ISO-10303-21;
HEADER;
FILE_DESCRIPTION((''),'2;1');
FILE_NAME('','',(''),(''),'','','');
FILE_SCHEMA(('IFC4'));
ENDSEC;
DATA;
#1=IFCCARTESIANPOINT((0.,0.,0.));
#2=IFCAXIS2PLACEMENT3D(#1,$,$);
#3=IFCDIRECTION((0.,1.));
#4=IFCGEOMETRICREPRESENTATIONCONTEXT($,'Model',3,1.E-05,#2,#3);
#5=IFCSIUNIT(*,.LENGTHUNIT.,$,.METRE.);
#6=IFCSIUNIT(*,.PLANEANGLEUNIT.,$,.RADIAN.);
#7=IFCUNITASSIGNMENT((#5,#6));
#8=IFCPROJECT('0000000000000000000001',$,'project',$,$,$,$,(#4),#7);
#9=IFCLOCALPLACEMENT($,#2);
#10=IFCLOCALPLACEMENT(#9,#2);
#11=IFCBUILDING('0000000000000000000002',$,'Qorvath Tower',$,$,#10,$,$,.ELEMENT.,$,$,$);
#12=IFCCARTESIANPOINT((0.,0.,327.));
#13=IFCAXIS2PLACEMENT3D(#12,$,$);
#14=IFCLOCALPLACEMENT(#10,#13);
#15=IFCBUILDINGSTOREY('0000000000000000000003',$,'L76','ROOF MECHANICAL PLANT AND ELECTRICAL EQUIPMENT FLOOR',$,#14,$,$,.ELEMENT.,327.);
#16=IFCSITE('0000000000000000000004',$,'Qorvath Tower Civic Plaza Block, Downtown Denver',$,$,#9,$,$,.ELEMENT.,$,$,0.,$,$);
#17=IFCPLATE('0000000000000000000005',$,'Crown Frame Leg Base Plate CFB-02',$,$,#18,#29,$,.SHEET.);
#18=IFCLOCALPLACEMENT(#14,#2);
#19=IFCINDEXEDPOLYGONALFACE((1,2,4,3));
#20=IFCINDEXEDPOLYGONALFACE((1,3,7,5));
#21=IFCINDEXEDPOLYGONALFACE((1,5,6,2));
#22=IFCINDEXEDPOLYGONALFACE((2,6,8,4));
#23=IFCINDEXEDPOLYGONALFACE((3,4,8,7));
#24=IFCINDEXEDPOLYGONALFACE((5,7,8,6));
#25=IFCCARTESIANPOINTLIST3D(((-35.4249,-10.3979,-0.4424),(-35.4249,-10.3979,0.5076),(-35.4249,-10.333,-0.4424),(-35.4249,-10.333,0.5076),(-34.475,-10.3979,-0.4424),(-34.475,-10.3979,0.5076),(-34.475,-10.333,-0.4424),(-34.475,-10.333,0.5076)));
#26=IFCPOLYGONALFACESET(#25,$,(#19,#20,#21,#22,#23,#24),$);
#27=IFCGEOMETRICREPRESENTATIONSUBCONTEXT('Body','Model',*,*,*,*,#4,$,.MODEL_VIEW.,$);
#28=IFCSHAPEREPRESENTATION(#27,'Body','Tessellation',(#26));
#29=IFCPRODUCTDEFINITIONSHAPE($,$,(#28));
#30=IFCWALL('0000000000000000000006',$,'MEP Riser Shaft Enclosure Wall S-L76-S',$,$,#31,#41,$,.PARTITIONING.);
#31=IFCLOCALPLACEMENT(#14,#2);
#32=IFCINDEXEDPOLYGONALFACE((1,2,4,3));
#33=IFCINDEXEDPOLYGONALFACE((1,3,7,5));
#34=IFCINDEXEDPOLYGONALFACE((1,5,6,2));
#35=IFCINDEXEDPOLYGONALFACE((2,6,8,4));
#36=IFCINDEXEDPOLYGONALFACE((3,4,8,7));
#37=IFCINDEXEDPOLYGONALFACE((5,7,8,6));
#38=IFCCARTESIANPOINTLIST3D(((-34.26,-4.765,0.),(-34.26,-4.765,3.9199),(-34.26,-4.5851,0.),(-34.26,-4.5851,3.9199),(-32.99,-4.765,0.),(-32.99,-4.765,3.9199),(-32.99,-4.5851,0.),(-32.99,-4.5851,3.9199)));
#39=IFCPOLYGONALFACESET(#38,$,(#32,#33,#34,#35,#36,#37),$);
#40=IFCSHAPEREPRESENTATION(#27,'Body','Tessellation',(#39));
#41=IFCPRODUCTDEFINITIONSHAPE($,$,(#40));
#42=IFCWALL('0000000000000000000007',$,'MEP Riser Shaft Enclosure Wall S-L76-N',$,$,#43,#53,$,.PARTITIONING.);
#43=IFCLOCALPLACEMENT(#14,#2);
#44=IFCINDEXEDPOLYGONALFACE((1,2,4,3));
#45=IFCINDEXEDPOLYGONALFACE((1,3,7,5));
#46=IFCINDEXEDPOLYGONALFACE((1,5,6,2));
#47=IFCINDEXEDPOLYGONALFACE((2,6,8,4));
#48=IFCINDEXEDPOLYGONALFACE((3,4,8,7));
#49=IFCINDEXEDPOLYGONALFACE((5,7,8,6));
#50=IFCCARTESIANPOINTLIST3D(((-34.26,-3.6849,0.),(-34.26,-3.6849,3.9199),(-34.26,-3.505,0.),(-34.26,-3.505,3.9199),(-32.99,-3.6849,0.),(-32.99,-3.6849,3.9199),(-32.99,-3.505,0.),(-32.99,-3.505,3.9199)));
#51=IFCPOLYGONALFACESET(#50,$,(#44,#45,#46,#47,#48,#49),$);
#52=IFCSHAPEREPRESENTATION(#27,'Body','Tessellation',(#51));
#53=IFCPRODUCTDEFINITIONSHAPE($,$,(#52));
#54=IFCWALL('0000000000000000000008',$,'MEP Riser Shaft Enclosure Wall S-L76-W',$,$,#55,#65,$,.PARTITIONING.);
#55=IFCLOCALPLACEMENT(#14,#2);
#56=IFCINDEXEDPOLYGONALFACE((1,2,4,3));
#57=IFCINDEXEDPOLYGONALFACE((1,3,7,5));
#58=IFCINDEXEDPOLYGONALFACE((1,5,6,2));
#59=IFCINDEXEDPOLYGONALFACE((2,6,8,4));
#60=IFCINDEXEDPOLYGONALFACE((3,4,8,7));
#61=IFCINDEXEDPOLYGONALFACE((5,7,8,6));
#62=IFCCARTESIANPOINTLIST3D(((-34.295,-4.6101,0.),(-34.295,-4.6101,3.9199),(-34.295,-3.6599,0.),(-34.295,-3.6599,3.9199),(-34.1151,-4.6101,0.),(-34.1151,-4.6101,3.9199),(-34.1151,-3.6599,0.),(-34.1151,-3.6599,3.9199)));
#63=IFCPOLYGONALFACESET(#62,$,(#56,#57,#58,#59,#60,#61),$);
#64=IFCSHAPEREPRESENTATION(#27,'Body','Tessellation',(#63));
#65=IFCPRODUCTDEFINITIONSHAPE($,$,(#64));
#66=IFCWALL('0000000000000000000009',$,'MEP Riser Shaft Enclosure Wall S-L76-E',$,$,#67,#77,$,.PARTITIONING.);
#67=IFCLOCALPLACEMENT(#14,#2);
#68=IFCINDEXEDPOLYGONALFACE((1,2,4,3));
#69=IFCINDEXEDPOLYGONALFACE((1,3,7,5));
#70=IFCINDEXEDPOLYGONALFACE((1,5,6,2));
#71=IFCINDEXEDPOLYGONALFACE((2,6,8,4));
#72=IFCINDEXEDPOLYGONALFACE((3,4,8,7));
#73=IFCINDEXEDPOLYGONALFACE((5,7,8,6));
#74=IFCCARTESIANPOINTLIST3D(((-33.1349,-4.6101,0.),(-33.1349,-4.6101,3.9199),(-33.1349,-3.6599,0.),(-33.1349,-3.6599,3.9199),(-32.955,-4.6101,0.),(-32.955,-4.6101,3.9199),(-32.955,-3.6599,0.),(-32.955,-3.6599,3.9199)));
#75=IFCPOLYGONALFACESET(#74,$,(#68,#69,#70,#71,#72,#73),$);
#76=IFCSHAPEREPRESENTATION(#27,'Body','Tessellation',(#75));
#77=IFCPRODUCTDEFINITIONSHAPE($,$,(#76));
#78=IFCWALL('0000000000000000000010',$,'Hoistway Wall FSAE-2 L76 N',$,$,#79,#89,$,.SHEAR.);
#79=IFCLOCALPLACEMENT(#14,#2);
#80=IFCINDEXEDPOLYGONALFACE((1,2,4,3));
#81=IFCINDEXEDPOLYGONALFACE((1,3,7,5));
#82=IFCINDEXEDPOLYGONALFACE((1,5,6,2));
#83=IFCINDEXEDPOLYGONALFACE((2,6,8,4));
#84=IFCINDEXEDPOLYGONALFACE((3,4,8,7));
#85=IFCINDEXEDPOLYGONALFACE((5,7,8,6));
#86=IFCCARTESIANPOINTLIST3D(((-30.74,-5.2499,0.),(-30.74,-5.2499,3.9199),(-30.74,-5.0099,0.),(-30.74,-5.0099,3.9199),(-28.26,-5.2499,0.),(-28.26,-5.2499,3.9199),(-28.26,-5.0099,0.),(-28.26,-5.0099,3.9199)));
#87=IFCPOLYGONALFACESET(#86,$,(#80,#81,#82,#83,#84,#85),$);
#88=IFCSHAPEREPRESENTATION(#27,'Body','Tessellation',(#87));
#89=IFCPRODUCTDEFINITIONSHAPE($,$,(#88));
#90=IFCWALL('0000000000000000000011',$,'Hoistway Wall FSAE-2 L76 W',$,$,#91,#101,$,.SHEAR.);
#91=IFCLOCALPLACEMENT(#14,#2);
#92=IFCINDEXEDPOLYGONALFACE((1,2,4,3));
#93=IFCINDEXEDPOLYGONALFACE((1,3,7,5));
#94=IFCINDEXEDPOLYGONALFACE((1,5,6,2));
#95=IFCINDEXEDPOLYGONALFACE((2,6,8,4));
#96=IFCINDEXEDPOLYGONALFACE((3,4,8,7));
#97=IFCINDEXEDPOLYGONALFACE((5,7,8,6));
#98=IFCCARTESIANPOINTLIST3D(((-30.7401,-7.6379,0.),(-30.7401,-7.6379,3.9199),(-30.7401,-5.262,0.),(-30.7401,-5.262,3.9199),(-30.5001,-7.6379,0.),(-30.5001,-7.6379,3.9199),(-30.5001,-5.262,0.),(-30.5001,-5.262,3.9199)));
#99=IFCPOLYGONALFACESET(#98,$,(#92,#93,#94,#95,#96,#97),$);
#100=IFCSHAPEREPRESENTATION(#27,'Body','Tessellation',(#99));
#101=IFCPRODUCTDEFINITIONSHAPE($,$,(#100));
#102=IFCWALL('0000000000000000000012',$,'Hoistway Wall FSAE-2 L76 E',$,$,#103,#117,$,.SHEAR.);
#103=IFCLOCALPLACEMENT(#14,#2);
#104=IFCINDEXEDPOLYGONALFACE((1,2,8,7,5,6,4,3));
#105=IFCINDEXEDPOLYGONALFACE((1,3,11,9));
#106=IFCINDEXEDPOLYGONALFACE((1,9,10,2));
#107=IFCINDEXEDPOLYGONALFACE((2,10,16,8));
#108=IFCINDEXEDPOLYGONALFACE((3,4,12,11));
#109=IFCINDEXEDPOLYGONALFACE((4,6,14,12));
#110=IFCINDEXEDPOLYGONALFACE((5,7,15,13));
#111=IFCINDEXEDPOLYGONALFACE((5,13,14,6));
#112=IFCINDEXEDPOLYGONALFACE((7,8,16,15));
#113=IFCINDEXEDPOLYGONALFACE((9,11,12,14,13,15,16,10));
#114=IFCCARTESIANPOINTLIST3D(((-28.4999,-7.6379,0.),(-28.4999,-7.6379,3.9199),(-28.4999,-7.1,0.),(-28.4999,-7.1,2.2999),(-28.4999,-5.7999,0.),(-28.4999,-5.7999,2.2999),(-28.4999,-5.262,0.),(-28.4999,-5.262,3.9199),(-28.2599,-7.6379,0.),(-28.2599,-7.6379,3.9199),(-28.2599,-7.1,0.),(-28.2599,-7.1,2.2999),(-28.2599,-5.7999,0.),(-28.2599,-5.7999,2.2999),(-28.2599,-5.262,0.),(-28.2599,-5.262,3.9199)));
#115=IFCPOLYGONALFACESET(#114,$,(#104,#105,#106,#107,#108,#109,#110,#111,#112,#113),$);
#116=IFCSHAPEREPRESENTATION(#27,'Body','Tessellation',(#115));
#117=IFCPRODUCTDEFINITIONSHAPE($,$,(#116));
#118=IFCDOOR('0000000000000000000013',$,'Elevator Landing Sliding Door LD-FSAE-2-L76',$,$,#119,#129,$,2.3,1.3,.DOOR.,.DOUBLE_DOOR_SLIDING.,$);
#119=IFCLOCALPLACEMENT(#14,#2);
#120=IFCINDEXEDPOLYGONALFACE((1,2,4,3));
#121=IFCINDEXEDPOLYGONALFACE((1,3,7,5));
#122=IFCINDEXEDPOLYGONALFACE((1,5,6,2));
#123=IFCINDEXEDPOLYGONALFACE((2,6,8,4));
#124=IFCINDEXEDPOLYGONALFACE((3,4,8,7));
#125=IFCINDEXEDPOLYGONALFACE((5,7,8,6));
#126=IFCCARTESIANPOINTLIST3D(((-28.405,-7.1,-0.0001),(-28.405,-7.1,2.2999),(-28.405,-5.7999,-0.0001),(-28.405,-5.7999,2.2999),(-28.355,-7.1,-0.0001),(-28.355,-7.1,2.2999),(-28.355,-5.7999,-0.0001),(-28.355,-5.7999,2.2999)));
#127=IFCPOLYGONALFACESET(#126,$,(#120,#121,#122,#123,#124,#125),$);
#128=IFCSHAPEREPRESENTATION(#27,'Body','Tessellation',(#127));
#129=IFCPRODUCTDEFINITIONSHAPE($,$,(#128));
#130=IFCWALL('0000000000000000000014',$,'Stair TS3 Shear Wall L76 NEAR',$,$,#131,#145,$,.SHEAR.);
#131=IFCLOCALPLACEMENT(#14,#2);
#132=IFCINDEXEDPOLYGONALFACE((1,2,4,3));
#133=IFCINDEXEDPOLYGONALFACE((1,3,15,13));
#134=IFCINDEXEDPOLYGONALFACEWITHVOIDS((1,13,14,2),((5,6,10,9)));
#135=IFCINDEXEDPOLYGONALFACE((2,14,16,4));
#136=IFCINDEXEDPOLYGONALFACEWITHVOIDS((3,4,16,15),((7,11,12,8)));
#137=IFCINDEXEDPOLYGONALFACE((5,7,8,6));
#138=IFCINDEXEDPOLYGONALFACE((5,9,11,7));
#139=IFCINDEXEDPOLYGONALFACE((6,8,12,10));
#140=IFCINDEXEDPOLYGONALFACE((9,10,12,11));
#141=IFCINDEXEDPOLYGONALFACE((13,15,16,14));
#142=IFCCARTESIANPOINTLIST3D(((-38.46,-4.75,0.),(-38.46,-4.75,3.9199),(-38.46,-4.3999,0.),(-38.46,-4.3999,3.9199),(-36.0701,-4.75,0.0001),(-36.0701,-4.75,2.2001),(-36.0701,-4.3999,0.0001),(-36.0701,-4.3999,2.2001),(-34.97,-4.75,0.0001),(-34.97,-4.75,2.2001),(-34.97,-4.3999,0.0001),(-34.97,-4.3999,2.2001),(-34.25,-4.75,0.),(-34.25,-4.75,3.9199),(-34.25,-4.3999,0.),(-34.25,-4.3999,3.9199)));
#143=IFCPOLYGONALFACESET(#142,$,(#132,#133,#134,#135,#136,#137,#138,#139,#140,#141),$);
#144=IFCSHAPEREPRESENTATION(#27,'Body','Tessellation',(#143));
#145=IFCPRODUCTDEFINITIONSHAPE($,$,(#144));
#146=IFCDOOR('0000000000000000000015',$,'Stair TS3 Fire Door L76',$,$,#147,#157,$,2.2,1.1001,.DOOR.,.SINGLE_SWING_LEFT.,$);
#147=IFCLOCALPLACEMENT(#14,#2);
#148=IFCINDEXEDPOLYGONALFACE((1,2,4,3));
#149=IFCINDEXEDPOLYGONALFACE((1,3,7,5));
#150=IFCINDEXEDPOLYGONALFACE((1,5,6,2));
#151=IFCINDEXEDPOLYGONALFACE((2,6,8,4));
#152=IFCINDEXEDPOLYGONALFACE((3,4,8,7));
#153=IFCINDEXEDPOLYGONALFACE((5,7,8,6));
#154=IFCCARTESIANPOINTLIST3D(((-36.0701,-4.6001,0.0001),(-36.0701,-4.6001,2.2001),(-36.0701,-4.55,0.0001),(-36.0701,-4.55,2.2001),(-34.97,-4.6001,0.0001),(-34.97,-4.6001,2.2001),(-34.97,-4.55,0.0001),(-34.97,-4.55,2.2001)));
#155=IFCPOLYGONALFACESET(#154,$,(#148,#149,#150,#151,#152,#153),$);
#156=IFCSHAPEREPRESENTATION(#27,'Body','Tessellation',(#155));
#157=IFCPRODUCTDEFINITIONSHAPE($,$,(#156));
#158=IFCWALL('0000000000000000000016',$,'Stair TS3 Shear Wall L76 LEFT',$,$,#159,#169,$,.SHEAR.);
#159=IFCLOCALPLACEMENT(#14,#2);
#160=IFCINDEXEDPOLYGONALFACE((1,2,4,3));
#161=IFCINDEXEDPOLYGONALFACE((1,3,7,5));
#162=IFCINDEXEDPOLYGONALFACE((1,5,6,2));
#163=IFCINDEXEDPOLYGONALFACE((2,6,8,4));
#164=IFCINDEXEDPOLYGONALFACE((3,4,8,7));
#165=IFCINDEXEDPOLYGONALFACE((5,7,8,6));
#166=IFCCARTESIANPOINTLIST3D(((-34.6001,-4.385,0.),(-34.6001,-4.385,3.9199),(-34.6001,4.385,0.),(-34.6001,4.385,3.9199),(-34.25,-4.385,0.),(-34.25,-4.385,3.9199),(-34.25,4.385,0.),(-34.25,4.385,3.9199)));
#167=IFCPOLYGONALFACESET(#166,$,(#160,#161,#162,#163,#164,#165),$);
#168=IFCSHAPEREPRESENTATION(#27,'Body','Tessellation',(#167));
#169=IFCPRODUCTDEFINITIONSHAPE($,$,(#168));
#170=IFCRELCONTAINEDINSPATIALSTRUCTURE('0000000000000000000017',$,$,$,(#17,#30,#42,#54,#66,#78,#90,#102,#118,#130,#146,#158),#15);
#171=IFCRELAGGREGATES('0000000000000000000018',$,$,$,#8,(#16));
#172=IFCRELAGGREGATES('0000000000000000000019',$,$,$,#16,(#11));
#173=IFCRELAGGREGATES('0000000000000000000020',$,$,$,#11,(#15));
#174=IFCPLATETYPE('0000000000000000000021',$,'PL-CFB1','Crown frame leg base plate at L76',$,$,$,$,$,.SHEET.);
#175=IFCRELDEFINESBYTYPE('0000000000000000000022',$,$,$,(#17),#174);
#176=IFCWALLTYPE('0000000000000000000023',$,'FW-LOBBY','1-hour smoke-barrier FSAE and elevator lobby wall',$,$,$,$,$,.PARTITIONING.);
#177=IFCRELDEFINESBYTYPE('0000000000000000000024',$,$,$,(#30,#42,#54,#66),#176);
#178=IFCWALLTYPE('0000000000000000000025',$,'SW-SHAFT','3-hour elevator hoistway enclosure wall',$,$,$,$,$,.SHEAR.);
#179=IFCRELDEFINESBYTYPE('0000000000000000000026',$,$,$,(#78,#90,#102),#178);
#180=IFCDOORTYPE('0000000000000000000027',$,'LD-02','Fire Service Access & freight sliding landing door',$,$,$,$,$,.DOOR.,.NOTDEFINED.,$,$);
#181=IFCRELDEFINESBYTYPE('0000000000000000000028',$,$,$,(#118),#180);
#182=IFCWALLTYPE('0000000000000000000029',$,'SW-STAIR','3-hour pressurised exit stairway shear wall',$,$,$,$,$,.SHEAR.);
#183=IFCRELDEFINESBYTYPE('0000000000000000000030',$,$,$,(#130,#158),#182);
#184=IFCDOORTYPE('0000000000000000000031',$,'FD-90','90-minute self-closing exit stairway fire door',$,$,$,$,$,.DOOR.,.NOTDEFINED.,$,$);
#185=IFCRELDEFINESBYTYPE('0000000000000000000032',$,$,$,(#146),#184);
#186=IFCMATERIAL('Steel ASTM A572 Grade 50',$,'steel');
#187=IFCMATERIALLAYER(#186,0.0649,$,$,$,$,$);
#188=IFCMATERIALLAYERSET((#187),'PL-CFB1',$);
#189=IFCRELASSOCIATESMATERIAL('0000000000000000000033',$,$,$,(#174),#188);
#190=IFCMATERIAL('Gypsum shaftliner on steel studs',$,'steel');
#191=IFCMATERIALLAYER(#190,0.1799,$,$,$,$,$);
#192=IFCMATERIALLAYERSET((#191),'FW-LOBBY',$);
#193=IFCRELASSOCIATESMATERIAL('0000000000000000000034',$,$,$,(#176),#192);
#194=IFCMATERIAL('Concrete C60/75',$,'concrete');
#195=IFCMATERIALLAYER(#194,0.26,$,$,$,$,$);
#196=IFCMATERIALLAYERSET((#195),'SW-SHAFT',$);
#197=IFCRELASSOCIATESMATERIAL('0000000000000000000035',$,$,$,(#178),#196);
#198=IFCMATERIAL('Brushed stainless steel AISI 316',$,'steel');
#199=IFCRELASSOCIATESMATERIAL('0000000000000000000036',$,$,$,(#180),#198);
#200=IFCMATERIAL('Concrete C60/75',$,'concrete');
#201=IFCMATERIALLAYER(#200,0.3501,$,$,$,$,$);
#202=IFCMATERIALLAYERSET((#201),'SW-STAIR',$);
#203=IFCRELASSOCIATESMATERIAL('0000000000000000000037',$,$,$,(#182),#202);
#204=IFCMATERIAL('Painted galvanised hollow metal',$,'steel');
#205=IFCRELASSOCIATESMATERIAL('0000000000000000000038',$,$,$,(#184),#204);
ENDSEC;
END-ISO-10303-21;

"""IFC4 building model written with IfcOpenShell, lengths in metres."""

from ifc_helpers import new_model, si_unit, direction, frame, frame_2d, origin, origin_2d, place, context, subcontext, project, spatial, rectangle, extrude, material, layer, layer_set, type_object, element, fill, save


model = new_model("IFC4")

# Units and contexts
model_context = context("Model", 3, precision=1e-05, world=origin(), true_north=direction((0.0, 1.0)))
body_context = subcontext(model_context, "Body", "Model", "MODEL_VIEW")
ifc_project = project(units=[si_unit("LENGTHUNIT", "METRE"), si_unit("PLANEANGLEUNIT", "RADIAN")], contexts=[model_context])

# Site, building, storey
site_placement = place(None, origin())
site = spatial("IfcSite", under=ifc_project, at=site_placement, Name="Qorvath Tower Civic Plaza Block, Downtown Denver", CompositionType="ELEMENT", RefElevation=0.0)
building_placement = place(site_placement, origin())
building = spatial("IfcBuilding", under=site, at=building_placement, Name="Qorvath Tower", CompositionType="ELEMENT")
storey_placement = place(building_placement, frame((0.0, 0.0, 327.0)))
storey = spatial("IfcBuildingStorey", under=building, at=storey_placement, Name="L76", Description="ROOF MECHANICAL PLANT AND ELECTRICAL EQUIPMENT FLOOR", CompositionType="ELEMENT", Elevation=327.0)

# Plate
ifc_material_1 = material(Name="Steel ASTM A572 Grade 50", Category="steel")
ifc_layer_1 = layer(ifc_material_1, 0.0649)
ifc_layer_set_1 = layer_set([ifc_layer_1], Name="PL-CFB1")
plate_type = type_object("IfcPlateType", Name="PL-CFB1", Description="Crown frame leg base plate at L76", PredefinedType="SHEET", material=ifc_layer_set_1)
plate_placement = place(storey_placement, frame((-34.95, -10.3655, -0.4424), z_axis=(0.0, 0.0, 1.0), x_axis=(1.0, 0.0, 0.0)))
element("IfcPlate", 1, at=plate_placement, inside=storey, type_object=plate_type, Name="Crown Frame Leg Base Plate CFB-02", PredefinedType="SHEET", context=body_context, shape_type="SweptSolid", body=[
    extrude(rectangle(XDim=0.95, YDim=0.0649, at=origin_2d()), origin(), (0.0, 0.0, 1.0), 0.95),
])

# Walls
ifc_material_2 = material(Name="Gypsum shaftliner on steel studs", Category="steel")
ifc_layer_2 = layer(ifc_material_2, 0.1799)
ifc_layer_set_2 = layer_set([ifc_layer_2], Name="FW-LOBBY")
wall_type_1 = type_object("IfcWallType", Name="FW-LOBBY", Description="1-hour smoke-barrier FSAE and elevator lobby wall", PredefinedType="PARTITIONING", material=ifc_layer_set_2)
for number, where, z_axis, x_axis, name in (
    (2, (-32.99, -4.675, 0.0), (0.0, 0.0, 1.0), (-1.0, 0.0, 0.0), "MEP Riser Shaft Enclosure Wall S-L76-S"),
    (3, (-34.26, -3.595, 0.0), (0.0, 0.0, 1.0), (1.0, 0.0, 0.0), "MEP Riser Shaft Enclosure Wall S-L76-N"),
):
    element("IfcWall", number, at=place(storey_placement, frame(where, z_axis=z_axis, x_axis=x_axis)), inside=storey, type_object=wall_type_1, Name=name, PredefinedType="PARTITIONING", context=body_context, shape_type="SweptSolid", body=[
        extrude(rectangle(XDim=1.27, YDim=0.1799, at=frame_2d((0.635, 0.0))), origin(), (0.0, 0.0, 1.0), 3.9199),
    ])
for number, where, z_axis, x_axis, name in (
    (4, (-34.2051, -4.6101, 0.0), (0.0, 0.0, 1.0), (0.0, 1.0, 0.0), "MEP Riser Shaft Enclosure Wall S-L76-W"),
    (5, (-33.0449, -3.6599, 0.0), (0.0, 0.0, 1.0), (0.0, -1.0, 0.0), "MEP Riser Shaft Enclosure Wall S-L76-E"),
):
    element("IfcWall", number, at=place(storey_placement, frame(where, z_axis=z_axis, x_axis=x_axis)), inside=storey, type_object=wall_type_1, Name=name, PredefinedType="PARTITIONING", context=body_context, shape_type="SweptSolid", body=[
        extrude(rectangle(XDim=0.9502, YDim=0.1799, at=frame_2d((0.4751, 0.0))), origin(), (0.0, 0.0, 1.0), 3.9199),
    ])

# Walls
ifc_material_3 = material(Name="Concrete C60/75", Category="concrete")
ifc_layer_3 = layer(ifc_material_3, 0.26)
ifc_layer_set_3 = layer_set([ifc_layer_3], Name="SW-SHAFT")
wall_type_2 = type_object("IfcWallType", Name="SW-SHAFT", Description="3-hour elevator hoistway enclosure wall", PredefinedType="SHEAR", material=ifc_layer_set_3)
wall_1_placement = place(storey_placement, frame((-30.74, -5.1299, 0.0), z_axis=(0.0, 0.0, 1.0), x_axis=(1.0, 0.0, 0.0)))
element("IfcWall", 6, at=wall_1_placement, inside=storey, type_object=wall_type_2, Name="Hoistway Wall FSAE-2 L76 N", PredefinedType="SHEAR", context=body_context, shape_type="SweptSolid", body=[
    extrude(rectangle(XDim=2.48, YDim=0.24, at=frame_2d((1.24, 0.0))), origin(), (0.0, 0.0, 1.0), 3.9199),
])
wall_2_placement = place(storey_placement, frame((-30.6201, -7.6379, 0.0), z_axis=(0.0, 0.0, 1.0), x_axis=(0.0, 1.0, 0.0)))
element("IfcWall", 7, at=wall_2_placement, inside=storey, type_object=wall_type_2, Name="Hoistway Wall FSAE-2 L76 W", PredefinedType="SHEAR", context=body_context, shape_type="SweptSolid", body=[
    extrude(rectangle(XDim=2.376, YDim=0.24, at=frame_2d((1.188, 0.0))), origin(), (0.0, 0.0, 1.0), 3.9199),
])

# Walls, openings, doors
wall_3_placement = place(storey_placement, frame((-28.3799, -5.262, 0.0), z_axis=(0.0, 0.0, 1.0), x_axis=(0.0, -1.0, 0.0)))
wall_3 = element("IfcWall", 8, at=wall_3_placement, inside=storey, type_object=wall_type_2, Name="Hoistway Wall FSAE-2 L76 E", PredefinedType="SHEAR", context=body_context, shape_type="SweptSolid", body=[
    extrude(rectangle(XDim=2.376, YDim=0.24, at=frame_2d((1.188, 0.0))), origin(), (0.0, 0.0, 1.0), 3.9199),
])
opening_1_placement = place(wall_3_placement, frame((0.5381, 0.0, 0.0)))
opening_1 = element("IfcOpeningElement", 9, at=opening_1_placement, cuts=wall_3, PredefinedType="OPENING", context=body_context, shape_type="SweptSolid", body=[
    extrude(rectangle(XDim=1.3, YDim=2.3, at=frame_2d((0.6499, 1.1499))), frame((0.0, 0.1299, 0.0), z_axis=(0.0, -1.0, 0.0), x_axis=(1.0, 0.0, 0.0)), (0.0, 0.0, 1.0), 0.26),
])
ifc_material_4 = material(Name="Brushed stainless steel AISI 316", Category="steel")
door_type_1 = type_object("IfcDoorType", Name="LD-02", Description="Fire Service Access & freight sliding landing door", OperationType="NOTDEFINED", PredefinedType="DOOR", material=ifc_material_4)
door_1_placement = place(opening_1_placement, origin())
door_1 = element("IfcDoor", 10, at=door_1_placement, inside=storey, type_object=door_type_1, Name="Elevator Landing Sliding Door LD-FSAE-2-L76", OperationType="DOUBLE_DOOR_SLIDING", OverallHeight=2.3, OverallWidth=1.3, PredefinedType="DOOR", context=body_context, shape_type="SweptSolid", body=[
    extrude(rectangle(XDim=1.3, YDim=2.3, at=frame_2d((0.6499, 1.1499))), frame((0.0, 0.0249, 0.0), z_axis=(0.0, -1.0, 0.0), x_axis=(1.0, 0.0, 0.0)), (0.0, 0.0, 1.0), 0.05),
])
fill(opening_1, door_1)
ifc_material_5 = material(Name="Concrete C60/75", Category="concrete")
ifc_layer_4 = layer(ifc_material_5, 0.3501)
ifc_layer_set_4 = layer_set([ifc_layer_4], Name="SW-STAIR")
wall_type_3 = type_object("IfcWallType", Name="SW-STAIR", Description="3-hour pressurised exit stairway shear wall", PredefinedType="SHEAR", material=ifc_layer_set_4)
wall_4_placement = place(storey_placement, frame((-38.46, -4.575, 0.0), z_axis=(0.0, 0.0, 1.0), x_axis=(1.0, 0.0, 0.0)))
wall_4 = element("IfcWall", 11, at=wall_4_placement, inside=storey, type_object=wall_type_3, Name="Stair TS3 Shear Wall L76 NEAR", PredefinedType="SHEAR", context=body_context, shape_type="SweptSolid", body=[
    extrude(rectangle(XDim=4.21, YDim=0.3501, at=frame_2d((2.105, 0.0))), origin(), (0.0, 0.0, 1.0), 3.9199),
])
opening_2_placement = place(wall_4_placement, frame((2.3899, 0.0, 0.0)))
opening_2 = element("IfcOpeningElement", 12, at=opening_2_placement, cuts=wall_4, PredefinedType="OPENING", context=body_context, shape_type="SweptSolid", body=[
    extrude(rectangle(XDim=1.1001, YDim=2.2, at=frame_2d((0.55, 1.1001))), frame((0.0, 0.1851, 0.0), z_axis=(0.0, -1.0, 0.0), x_axis=(1.0, 0.0, 0.0)), (0.0, 0.0, 1.0), 0.3701),
])
ifc_material_6 = material(Name="Painted galvanised hollow metal", Category="steel")
door_type_2 = type_object("IfcDoorType", Name="FD-90", Description="90-minute self-closing exit stairway fire door", OperationType="NOTDEFINED", PredefinedType="DOOR", material=ifc_material_6)
door_2_placement = place(opening_2_placement, origin())
door_2 = element("IfcDoor", 13, at=door_2_placement, inside=storey, type_object=door_type_2, Name="Stair TS3 Fire Door L76", OperationType="SINGLE_SWING_LEFT", OverallHeight=2.2, OverallWidth=1.1001, PredefinedType="DOOR", context=body_context, shape_type="SweptSolid", body=[
    extrude(rectangle(XDim=1.1001, YDim=2.2, at=frame_2d((0.55, 1.1001))), frame((0.0, 0.0249, 0.0), z_axis=(0.0, -1.0, 0.0), x_axis=(1.0, 0.0, 0.0)), (0.0, 0.0, 1.0), 0.05),
])
fill(opening_2, door_2)

# Wall
wall_5_placement = place(storey_placement, frame((-34.425, -4.385, 0.0), z_axis=(0.0, 0.0, 1.0), x_axis=(0.0, 1.0, 0.0)))
element("IfcWall", 14, at=wall_5_placement, inside=storey, type_object=wall_type_3, Name="Stair TS3 Shear Wall L76 LEFT", PredefinedType="SHEAR", context=body_context, shape_type="SweptSolid", body=[
    extrude(rectangle(XDim=8.77, YDim=0.3501, at=frame_2d((4.385, 0.0))), origin(), (0.0, 0.0, 1.0), 3.9199),
])

save(model, "model.ifc")
